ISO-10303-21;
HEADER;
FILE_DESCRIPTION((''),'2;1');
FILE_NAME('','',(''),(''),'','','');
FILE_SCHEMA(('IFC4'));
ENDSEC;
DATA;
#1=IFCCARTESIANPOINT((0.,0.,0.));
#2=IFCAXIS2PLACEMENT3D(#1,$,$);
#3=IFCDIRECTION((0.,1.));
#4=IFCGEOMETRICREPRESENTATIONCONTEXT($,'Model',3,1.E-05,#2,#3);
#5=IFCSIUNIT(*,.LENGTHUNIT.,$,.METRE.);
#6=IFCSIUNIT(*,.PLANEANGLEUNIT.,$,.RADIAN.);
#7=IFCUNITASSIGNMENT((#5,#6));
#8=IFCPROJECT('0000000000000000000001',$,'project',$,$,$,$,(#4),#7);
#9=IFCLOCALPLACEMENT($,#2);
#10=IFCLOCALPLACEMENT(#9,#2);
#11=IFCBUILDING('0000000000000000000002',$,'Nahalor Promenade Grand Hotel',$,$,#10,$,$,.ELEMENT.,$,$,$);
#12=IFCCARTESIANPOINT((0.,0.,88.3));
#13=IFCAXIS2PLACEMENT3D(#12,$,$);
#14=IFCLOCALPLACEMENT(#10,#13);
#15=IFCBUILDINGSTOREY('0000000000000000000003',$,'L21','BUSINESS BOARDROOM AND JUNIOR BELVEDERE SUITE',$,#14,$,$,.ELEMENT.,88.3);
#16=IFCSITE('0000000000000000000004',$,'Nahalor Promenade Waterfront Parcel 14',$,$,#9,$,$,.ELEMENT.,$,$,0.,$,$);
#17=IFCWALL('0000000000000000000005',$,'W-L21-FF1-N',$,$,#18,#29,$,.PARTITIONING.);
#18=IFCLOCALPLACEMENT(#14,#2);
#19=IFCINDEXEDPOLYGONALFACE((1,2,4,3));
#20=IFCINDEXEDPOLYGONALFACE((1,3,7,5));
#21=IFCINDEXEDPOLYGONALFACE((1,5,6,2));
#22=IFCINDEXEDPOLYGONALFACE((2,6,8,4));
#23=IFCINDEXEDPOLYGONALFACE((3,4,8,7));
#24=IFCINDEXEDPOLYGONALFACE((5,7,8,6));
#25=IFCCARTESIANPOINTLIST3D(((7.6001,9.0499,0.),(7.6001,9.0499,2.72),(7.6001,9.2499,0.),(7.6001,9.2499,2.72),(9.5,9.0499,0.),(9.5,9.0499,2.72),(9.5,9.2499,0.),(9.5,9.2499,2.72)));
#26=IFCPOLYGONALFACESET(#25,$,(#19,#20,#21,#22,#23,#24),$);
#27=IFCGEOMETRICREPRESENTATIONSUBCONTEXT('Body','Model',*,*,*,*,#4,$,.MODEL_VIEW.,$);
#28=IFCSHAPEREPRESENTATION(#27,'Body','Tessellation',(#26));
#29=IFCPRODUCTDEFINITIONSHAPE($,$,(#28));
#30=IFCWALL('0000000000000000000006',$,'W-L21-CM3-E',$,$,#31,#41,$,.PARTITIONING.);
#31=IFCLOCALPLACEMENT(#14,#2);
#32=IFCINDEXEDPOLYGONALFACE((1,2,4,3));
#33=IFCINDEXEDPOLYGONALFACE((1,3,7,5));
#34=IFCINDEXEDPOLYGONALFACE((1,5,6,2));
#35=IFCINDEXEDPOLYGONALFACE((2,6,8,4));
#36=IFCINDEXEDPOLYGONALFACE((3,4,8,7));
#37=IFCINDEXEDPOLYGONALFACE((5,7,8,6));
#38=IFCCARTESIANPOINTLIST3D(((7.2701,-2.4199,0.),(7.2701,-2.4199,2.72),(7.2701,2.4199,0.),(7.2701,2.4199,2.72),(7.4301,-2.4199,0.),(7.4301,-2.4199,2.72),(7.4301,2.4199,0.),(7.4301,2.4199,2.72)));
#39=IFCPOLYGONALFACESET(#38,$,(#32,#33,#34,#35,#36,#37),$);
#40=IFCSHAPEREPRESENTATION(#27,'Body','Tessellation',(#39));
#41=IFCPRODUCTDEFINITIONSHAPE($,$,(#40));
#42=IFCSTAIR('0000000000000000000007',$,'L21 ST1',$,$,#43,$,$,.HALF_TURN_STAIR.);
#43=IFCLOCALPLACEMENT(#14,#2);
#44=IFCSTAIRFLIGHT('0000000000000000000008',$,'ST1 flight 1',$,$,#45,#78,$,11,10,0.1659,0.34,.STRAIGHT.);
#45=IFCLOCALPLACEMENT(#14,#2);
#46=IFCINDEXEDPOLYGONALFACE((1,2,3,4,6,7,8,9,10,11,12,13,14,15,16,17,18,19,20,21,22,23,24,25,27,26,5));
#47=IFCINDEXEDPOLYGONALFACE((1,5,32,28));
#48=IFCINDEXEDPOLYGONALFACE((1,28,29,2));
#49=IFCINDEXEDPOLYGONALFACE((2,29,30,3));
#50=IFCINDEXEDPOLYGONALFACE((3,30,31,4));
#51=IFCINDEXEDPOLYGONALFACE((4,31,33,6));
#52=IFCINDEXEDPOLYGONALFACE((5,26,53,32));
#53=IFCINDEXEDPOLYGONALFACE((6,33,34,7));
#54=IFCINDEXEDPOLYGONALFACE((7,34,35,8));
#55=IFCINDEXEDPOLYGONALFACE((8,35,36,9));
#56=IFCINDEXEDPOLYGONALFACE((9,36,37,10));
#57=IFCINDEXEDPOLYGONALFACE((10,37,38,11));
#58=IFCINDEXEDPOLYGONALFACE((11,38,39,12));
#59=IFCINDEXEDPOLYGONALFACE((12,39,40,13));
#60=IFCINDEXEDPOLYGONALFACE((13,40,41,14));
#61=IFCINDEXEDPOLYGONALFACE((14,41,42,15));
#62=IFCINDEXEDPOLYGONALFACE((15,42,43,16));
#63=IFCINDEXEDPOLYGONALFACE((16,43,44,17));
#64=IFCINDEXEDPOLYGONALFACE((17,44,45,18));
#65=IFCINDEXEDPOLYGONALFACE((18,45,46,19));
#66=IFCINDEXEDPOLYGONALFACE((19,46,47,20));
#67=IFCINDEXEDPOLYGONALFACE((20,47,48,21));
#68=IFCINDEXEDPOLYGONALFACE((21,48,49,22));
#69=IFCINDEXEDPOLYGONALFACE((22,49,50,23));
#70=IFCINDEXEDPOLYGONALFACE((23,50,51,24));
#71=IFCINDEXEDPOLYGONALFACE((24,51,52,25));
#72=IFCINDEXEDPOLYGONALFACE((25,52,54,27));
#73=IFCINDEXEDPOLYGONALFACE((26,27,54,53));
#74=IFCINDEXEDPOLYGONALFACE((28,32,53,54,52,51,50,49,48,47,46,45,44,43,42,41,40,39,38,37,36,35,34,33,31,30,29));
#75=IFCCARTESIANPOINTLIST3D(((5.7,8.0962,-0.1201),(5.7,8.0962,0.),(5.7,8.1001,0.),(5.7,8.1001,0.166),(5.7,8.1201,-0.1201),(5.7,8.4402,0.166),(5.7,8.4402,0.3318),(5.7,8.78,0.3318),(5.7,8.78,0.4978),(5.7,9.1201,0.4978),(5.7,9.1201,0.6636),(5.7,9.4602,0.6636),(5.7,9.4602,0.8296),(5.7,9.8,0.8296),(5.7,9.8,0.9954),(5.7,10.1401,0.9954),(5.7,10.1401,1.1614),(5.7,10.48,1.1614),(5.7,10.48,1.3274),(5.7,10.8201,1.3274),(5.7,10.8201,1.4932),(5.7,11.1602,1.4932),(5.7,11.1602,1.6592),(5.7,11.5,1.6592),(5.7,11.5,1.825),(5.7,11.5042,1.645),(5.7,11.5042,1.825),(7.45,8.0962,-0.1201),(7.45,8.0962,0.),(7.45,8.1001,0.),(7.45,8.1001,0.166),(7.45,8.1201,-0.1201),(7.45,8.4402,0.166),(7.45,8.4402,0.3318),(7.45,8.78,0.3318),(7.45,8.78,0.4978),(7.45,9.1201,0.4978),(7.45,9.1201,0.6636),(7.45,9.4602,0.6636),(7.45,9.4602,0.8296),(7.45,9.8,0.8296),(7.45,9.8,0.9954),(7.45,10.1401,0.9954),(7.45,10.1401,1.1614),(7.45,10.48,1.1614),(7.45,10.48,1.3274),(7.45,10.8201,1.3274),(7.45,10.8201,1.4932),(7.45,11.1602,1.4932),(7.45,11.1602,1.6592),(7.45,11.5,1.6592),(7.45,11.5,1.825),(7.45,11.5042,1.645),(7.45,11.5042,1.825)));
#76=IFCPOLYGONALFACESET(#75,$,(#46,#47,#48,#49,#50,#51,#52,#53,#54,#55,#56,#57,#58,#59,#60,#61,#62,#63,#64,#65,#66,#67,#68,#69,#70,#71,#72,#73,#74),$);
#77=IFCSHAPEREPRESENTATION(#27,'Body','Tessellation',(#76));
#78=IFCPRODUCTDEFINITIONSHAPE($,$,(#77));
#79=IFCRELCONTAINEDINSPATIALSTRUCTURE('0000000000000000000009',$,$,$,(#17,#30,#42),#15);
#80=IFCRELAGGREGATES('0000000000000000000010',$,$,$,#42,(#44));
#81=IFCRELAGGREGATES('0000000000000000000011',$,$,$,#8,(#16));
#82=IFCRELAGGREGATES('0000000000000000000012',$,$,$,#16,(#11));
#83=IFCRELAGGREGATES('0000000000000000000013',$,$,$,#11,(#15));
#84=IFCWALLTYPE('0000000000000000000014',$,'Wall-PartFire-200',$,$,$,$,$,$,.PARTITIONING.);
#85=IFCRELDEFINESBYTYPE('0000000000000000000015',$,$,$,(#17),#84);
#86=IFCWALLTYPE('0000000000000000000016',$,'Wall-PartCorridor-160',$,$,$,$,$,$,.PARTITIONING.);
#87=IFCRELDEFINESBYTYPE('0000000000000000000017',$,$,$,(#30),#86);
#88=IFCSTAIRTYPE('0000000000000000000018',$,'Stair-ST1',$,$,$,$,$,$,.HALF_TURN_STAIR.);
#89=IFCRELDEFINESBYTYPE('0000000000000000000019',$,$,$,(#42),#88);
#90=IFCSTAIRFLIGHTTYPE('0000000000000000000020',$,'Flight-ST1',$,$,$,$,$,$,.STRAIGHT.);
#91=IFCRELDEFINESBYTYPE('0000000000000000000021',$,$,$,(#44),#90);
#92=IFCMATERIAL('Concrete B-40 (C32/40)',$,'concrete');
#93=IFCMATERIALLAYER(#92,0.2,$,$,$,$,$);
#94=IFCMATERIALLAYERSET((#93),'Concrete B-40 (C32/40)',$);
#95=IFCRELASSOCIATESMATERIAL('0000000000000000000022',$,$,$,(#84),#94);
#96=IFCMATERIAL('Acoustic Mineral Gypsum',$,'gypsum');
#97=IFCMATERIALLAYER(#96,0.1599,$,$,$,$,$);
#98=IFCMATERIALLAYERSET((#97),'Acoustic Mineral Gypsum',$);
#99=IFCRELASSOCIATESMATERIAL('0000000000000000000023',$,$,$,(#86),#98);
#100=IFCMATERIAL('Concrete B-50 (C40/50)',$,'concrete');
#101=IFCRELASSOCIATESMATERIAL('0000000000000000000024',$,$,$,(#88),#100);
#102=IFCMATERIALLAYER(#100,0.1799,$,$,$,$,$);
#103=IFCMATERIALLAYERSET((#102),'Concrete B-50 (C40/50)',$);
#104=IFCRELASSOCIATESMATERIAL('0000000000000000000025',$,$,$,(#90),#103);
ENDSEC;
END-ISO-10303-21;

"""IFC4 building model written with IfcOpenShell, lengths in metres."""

from ifc_helpers import new_model, si_unit, direction, frame, frame_2d, origin, place, context, subcontext, project, spatial, polyline, rectangle, outline, extrude, source, transform, mapped, material, layer, layer_set, type_object, element, aggregate, save


model = new_model("IFC4")

# Units and contexts
model_context = context("Model", 3, precision=1e-05, world=origin(), true_north=direction((0.0, 1.0)))
body_context = subcontext(model_context, "Body", "Model", "MODEL_VIEW")
ifc_project = project(units=[si_unit("LENGTHUNIT", "METRE"), si_unit("PLANEANGLEUNIT", "RADIAN")], contexts=[model_context])

# Site, building, storey
site_placement = place(None, origin())
site = spatial("IfcSite", under=ifc_project, at=site_placement, Name="Nahalor Promenade Waterfront Parcel 14", CompositionType="ELEMENT", RefElevation=0.0)
building_placement = place(site_placement, origin())
building = spatial("IfcBuilding", under=site, at=building_placement, Name="Nahalor Promenade Grand Hotel", CompositionType="ELEMENT")
storey_placement = place(building_placement, frame((0.0, 0.0, 88.3)))
storey = spatial("IfcBuildingStorey", under=building, at=storey_placement, Name="L21", Description="BUSINESS BOARDROOM AND JUNIOR BELVEDERE SUITE", CompositionType="ELEMENT", Elevation=88.3)

# Shared definitions
ifc_material_1 = material(Name="Concrete B-50 (C40/50)", Category="concrete")

# Wall
ifc_material_2 = material(Name="Concrete B-40 (C32/40)", Category="concrete")
ifc_layer_1 = layer(ifc_material_2, 0.2)
ifc_layer_set_1 = layer_set([ifc_layer_1], Name="Concrete B-40 (C32/40)")
wall_type_1 = type_object("IfcWallType", Name="Wall-PartFire-200", PredefinedType="PARTITIONING", material=ifc_layer_set_1)
shared_shape_1 = source(origin(), body_context, "Body", "SweptSolid", [
    extrude(rectangle(XDim=1.8999, YDim=0.2, at=frame_2d((0.95, 0.0))), origin(), (0.0, 0.0, 1.0), 2.72),
])
wall_1_placement = place(storey_placement, frame((7.6001, 9.1499, 0.0), z_axis=(0.0, 0.0, 1.0), x_axis=(1.0, 0.0, 0.0)))
element("IfcWall", 1, at=wall_1_placement, inside=storey, type_object=wall_type_1, Name="W-L21-FF1-N", PredefinedType="PARTITIONING", context=body_context, shape_type="MappedRepresentation", body=[
    mapped(shared_shape_1, transform((0.0, 0.0, 0.0), scale=1.0)),
])

# Wall
ifc_material_3 = material(Name="Acoustic Mineral Gypsum", Category="gypsum")
ifc_layer_2 = layer(ifc_material_3, 0.1599)
ifc_layer_set_2 = layer_set([ifc_layer_2], Name="Acoustic Mineral Gypsum")
wall_type_2 = type_object("IfcWallType", Name="Wall-PartCorridor-160", PredefinedType="PARTITIONING", material=ifc_layer_set_2)
shared_shape_2 = source(origin(), body_context, "Body", "SweptSolid", [
    extrude(rectangle(XDim=4.8398, YDim=0.1599, at=frame_2d((2.4199, 0.0))), origin(), (0.0, 0.0, 1.0), 2.72),
])
wall_2_placement = place(storey_placement, frame((7.3501, -2.4199, 0.0), z_axis=(0.0, 0.0, 1.0), x_axis=(0.0, 1.0, 0.0)))
element("IfcWall", 2, at=wall_2_placement, inside=storey, type_object=wall_type_2, Name="W-L21-CM3-E", PredefinedType="PARTITIONING", context=body_context, shape_type="MappedRepresentation", body=[
    mapped(shared_shape_2, transform((0.0, 0.0, 0.0), scale=1.0)),
])

# Stair, stair flight
stair_type = type_object("IfcStairType", Name="Stair-ST1", PredefinedType="HALF_TURN_STAIR", material=ifc_material_1)
stair_placement = place(storey_placement, origin())
stair = element("IfcStair", 3, at=stair_placement, inside=storey, type_object=stair_type, Name="L21 ST1", PredefinedType="HALF_TURN_STAIR")
ifc_layer_3 = layer(ifc_material_1, 0.1799)
ifc_layer_set_3 = layer_set([ifc_layer_3], Name="Concrete B-50 (C40/50)")
stair_flight_type = type_object("IfcStairFlightType", Name="Flight-ST1", PredefinedType="STRAIGHT", material=ifc_layer_set_3)
shared_shape_3 = source(origin(), body_context, "Body", "SweptSolid", [
    extrude(outline(polyline([(-0.0039, -0.1201), (-0.0039, 0.0), (0.0, 0.0), (0.0, 0.166), (0.3401, 0.166), (0.3401, 0.3318), (0.6799, 0.3318), (0.6799, 0.4978), (1.02, 0.4978), (1.02, 0.6636), (1.3601, 0.6636), (1.3601, 0.8296), (1.7, 0.8296), (1.7, 0.9954), (2.04, 0.9954), (2.04, 1.1614), (2.3799, 1.1614), (2.3799, 1.3274), (2.72, 1.3274), (2.72, 1.4932), (3.0601, 1.4932), (3.0601, 1.6592), (3.3999, 1.6592), (3.3999, 1.825), (3.4041, 1.825), (3.4041, 1.645), (0.02, -0.1201), (-0.0039, -0.1201)])), frame((0.0, 0.875, 0.0), z_axis=(0.0, -1.0, 0.0), x_axis=(1.0, 0.0, 0.0)), (0.0, 0.0, 1.0), 1.75),
])
stair_flight_placement = place(storey_placement, frame((6.575, 8.1001, 0.0), z_axis=(0.0, 0.0, 1.0), x_axis=(0.0, 1.0, 0.0)))
stair_flight = element("IfcStairFlight", 4, at=stair_flight_placement, type_object=stair_flight_type, Name="ST1 flight 1", NumberOfRisers=11, NumberOfTreads=10, PredefinedType="STRAIGHT", RiserHeight=0.1659, TreadLength=0.34, context=body_context, shape_type="MappedRepresentation", body=[
    mapped(shared_shape_3, transform((0.0, 0.0, 0.0), scale=1.0)),
])
aggregate(stair, [stair_flight])

save(model, "model.ifc")
